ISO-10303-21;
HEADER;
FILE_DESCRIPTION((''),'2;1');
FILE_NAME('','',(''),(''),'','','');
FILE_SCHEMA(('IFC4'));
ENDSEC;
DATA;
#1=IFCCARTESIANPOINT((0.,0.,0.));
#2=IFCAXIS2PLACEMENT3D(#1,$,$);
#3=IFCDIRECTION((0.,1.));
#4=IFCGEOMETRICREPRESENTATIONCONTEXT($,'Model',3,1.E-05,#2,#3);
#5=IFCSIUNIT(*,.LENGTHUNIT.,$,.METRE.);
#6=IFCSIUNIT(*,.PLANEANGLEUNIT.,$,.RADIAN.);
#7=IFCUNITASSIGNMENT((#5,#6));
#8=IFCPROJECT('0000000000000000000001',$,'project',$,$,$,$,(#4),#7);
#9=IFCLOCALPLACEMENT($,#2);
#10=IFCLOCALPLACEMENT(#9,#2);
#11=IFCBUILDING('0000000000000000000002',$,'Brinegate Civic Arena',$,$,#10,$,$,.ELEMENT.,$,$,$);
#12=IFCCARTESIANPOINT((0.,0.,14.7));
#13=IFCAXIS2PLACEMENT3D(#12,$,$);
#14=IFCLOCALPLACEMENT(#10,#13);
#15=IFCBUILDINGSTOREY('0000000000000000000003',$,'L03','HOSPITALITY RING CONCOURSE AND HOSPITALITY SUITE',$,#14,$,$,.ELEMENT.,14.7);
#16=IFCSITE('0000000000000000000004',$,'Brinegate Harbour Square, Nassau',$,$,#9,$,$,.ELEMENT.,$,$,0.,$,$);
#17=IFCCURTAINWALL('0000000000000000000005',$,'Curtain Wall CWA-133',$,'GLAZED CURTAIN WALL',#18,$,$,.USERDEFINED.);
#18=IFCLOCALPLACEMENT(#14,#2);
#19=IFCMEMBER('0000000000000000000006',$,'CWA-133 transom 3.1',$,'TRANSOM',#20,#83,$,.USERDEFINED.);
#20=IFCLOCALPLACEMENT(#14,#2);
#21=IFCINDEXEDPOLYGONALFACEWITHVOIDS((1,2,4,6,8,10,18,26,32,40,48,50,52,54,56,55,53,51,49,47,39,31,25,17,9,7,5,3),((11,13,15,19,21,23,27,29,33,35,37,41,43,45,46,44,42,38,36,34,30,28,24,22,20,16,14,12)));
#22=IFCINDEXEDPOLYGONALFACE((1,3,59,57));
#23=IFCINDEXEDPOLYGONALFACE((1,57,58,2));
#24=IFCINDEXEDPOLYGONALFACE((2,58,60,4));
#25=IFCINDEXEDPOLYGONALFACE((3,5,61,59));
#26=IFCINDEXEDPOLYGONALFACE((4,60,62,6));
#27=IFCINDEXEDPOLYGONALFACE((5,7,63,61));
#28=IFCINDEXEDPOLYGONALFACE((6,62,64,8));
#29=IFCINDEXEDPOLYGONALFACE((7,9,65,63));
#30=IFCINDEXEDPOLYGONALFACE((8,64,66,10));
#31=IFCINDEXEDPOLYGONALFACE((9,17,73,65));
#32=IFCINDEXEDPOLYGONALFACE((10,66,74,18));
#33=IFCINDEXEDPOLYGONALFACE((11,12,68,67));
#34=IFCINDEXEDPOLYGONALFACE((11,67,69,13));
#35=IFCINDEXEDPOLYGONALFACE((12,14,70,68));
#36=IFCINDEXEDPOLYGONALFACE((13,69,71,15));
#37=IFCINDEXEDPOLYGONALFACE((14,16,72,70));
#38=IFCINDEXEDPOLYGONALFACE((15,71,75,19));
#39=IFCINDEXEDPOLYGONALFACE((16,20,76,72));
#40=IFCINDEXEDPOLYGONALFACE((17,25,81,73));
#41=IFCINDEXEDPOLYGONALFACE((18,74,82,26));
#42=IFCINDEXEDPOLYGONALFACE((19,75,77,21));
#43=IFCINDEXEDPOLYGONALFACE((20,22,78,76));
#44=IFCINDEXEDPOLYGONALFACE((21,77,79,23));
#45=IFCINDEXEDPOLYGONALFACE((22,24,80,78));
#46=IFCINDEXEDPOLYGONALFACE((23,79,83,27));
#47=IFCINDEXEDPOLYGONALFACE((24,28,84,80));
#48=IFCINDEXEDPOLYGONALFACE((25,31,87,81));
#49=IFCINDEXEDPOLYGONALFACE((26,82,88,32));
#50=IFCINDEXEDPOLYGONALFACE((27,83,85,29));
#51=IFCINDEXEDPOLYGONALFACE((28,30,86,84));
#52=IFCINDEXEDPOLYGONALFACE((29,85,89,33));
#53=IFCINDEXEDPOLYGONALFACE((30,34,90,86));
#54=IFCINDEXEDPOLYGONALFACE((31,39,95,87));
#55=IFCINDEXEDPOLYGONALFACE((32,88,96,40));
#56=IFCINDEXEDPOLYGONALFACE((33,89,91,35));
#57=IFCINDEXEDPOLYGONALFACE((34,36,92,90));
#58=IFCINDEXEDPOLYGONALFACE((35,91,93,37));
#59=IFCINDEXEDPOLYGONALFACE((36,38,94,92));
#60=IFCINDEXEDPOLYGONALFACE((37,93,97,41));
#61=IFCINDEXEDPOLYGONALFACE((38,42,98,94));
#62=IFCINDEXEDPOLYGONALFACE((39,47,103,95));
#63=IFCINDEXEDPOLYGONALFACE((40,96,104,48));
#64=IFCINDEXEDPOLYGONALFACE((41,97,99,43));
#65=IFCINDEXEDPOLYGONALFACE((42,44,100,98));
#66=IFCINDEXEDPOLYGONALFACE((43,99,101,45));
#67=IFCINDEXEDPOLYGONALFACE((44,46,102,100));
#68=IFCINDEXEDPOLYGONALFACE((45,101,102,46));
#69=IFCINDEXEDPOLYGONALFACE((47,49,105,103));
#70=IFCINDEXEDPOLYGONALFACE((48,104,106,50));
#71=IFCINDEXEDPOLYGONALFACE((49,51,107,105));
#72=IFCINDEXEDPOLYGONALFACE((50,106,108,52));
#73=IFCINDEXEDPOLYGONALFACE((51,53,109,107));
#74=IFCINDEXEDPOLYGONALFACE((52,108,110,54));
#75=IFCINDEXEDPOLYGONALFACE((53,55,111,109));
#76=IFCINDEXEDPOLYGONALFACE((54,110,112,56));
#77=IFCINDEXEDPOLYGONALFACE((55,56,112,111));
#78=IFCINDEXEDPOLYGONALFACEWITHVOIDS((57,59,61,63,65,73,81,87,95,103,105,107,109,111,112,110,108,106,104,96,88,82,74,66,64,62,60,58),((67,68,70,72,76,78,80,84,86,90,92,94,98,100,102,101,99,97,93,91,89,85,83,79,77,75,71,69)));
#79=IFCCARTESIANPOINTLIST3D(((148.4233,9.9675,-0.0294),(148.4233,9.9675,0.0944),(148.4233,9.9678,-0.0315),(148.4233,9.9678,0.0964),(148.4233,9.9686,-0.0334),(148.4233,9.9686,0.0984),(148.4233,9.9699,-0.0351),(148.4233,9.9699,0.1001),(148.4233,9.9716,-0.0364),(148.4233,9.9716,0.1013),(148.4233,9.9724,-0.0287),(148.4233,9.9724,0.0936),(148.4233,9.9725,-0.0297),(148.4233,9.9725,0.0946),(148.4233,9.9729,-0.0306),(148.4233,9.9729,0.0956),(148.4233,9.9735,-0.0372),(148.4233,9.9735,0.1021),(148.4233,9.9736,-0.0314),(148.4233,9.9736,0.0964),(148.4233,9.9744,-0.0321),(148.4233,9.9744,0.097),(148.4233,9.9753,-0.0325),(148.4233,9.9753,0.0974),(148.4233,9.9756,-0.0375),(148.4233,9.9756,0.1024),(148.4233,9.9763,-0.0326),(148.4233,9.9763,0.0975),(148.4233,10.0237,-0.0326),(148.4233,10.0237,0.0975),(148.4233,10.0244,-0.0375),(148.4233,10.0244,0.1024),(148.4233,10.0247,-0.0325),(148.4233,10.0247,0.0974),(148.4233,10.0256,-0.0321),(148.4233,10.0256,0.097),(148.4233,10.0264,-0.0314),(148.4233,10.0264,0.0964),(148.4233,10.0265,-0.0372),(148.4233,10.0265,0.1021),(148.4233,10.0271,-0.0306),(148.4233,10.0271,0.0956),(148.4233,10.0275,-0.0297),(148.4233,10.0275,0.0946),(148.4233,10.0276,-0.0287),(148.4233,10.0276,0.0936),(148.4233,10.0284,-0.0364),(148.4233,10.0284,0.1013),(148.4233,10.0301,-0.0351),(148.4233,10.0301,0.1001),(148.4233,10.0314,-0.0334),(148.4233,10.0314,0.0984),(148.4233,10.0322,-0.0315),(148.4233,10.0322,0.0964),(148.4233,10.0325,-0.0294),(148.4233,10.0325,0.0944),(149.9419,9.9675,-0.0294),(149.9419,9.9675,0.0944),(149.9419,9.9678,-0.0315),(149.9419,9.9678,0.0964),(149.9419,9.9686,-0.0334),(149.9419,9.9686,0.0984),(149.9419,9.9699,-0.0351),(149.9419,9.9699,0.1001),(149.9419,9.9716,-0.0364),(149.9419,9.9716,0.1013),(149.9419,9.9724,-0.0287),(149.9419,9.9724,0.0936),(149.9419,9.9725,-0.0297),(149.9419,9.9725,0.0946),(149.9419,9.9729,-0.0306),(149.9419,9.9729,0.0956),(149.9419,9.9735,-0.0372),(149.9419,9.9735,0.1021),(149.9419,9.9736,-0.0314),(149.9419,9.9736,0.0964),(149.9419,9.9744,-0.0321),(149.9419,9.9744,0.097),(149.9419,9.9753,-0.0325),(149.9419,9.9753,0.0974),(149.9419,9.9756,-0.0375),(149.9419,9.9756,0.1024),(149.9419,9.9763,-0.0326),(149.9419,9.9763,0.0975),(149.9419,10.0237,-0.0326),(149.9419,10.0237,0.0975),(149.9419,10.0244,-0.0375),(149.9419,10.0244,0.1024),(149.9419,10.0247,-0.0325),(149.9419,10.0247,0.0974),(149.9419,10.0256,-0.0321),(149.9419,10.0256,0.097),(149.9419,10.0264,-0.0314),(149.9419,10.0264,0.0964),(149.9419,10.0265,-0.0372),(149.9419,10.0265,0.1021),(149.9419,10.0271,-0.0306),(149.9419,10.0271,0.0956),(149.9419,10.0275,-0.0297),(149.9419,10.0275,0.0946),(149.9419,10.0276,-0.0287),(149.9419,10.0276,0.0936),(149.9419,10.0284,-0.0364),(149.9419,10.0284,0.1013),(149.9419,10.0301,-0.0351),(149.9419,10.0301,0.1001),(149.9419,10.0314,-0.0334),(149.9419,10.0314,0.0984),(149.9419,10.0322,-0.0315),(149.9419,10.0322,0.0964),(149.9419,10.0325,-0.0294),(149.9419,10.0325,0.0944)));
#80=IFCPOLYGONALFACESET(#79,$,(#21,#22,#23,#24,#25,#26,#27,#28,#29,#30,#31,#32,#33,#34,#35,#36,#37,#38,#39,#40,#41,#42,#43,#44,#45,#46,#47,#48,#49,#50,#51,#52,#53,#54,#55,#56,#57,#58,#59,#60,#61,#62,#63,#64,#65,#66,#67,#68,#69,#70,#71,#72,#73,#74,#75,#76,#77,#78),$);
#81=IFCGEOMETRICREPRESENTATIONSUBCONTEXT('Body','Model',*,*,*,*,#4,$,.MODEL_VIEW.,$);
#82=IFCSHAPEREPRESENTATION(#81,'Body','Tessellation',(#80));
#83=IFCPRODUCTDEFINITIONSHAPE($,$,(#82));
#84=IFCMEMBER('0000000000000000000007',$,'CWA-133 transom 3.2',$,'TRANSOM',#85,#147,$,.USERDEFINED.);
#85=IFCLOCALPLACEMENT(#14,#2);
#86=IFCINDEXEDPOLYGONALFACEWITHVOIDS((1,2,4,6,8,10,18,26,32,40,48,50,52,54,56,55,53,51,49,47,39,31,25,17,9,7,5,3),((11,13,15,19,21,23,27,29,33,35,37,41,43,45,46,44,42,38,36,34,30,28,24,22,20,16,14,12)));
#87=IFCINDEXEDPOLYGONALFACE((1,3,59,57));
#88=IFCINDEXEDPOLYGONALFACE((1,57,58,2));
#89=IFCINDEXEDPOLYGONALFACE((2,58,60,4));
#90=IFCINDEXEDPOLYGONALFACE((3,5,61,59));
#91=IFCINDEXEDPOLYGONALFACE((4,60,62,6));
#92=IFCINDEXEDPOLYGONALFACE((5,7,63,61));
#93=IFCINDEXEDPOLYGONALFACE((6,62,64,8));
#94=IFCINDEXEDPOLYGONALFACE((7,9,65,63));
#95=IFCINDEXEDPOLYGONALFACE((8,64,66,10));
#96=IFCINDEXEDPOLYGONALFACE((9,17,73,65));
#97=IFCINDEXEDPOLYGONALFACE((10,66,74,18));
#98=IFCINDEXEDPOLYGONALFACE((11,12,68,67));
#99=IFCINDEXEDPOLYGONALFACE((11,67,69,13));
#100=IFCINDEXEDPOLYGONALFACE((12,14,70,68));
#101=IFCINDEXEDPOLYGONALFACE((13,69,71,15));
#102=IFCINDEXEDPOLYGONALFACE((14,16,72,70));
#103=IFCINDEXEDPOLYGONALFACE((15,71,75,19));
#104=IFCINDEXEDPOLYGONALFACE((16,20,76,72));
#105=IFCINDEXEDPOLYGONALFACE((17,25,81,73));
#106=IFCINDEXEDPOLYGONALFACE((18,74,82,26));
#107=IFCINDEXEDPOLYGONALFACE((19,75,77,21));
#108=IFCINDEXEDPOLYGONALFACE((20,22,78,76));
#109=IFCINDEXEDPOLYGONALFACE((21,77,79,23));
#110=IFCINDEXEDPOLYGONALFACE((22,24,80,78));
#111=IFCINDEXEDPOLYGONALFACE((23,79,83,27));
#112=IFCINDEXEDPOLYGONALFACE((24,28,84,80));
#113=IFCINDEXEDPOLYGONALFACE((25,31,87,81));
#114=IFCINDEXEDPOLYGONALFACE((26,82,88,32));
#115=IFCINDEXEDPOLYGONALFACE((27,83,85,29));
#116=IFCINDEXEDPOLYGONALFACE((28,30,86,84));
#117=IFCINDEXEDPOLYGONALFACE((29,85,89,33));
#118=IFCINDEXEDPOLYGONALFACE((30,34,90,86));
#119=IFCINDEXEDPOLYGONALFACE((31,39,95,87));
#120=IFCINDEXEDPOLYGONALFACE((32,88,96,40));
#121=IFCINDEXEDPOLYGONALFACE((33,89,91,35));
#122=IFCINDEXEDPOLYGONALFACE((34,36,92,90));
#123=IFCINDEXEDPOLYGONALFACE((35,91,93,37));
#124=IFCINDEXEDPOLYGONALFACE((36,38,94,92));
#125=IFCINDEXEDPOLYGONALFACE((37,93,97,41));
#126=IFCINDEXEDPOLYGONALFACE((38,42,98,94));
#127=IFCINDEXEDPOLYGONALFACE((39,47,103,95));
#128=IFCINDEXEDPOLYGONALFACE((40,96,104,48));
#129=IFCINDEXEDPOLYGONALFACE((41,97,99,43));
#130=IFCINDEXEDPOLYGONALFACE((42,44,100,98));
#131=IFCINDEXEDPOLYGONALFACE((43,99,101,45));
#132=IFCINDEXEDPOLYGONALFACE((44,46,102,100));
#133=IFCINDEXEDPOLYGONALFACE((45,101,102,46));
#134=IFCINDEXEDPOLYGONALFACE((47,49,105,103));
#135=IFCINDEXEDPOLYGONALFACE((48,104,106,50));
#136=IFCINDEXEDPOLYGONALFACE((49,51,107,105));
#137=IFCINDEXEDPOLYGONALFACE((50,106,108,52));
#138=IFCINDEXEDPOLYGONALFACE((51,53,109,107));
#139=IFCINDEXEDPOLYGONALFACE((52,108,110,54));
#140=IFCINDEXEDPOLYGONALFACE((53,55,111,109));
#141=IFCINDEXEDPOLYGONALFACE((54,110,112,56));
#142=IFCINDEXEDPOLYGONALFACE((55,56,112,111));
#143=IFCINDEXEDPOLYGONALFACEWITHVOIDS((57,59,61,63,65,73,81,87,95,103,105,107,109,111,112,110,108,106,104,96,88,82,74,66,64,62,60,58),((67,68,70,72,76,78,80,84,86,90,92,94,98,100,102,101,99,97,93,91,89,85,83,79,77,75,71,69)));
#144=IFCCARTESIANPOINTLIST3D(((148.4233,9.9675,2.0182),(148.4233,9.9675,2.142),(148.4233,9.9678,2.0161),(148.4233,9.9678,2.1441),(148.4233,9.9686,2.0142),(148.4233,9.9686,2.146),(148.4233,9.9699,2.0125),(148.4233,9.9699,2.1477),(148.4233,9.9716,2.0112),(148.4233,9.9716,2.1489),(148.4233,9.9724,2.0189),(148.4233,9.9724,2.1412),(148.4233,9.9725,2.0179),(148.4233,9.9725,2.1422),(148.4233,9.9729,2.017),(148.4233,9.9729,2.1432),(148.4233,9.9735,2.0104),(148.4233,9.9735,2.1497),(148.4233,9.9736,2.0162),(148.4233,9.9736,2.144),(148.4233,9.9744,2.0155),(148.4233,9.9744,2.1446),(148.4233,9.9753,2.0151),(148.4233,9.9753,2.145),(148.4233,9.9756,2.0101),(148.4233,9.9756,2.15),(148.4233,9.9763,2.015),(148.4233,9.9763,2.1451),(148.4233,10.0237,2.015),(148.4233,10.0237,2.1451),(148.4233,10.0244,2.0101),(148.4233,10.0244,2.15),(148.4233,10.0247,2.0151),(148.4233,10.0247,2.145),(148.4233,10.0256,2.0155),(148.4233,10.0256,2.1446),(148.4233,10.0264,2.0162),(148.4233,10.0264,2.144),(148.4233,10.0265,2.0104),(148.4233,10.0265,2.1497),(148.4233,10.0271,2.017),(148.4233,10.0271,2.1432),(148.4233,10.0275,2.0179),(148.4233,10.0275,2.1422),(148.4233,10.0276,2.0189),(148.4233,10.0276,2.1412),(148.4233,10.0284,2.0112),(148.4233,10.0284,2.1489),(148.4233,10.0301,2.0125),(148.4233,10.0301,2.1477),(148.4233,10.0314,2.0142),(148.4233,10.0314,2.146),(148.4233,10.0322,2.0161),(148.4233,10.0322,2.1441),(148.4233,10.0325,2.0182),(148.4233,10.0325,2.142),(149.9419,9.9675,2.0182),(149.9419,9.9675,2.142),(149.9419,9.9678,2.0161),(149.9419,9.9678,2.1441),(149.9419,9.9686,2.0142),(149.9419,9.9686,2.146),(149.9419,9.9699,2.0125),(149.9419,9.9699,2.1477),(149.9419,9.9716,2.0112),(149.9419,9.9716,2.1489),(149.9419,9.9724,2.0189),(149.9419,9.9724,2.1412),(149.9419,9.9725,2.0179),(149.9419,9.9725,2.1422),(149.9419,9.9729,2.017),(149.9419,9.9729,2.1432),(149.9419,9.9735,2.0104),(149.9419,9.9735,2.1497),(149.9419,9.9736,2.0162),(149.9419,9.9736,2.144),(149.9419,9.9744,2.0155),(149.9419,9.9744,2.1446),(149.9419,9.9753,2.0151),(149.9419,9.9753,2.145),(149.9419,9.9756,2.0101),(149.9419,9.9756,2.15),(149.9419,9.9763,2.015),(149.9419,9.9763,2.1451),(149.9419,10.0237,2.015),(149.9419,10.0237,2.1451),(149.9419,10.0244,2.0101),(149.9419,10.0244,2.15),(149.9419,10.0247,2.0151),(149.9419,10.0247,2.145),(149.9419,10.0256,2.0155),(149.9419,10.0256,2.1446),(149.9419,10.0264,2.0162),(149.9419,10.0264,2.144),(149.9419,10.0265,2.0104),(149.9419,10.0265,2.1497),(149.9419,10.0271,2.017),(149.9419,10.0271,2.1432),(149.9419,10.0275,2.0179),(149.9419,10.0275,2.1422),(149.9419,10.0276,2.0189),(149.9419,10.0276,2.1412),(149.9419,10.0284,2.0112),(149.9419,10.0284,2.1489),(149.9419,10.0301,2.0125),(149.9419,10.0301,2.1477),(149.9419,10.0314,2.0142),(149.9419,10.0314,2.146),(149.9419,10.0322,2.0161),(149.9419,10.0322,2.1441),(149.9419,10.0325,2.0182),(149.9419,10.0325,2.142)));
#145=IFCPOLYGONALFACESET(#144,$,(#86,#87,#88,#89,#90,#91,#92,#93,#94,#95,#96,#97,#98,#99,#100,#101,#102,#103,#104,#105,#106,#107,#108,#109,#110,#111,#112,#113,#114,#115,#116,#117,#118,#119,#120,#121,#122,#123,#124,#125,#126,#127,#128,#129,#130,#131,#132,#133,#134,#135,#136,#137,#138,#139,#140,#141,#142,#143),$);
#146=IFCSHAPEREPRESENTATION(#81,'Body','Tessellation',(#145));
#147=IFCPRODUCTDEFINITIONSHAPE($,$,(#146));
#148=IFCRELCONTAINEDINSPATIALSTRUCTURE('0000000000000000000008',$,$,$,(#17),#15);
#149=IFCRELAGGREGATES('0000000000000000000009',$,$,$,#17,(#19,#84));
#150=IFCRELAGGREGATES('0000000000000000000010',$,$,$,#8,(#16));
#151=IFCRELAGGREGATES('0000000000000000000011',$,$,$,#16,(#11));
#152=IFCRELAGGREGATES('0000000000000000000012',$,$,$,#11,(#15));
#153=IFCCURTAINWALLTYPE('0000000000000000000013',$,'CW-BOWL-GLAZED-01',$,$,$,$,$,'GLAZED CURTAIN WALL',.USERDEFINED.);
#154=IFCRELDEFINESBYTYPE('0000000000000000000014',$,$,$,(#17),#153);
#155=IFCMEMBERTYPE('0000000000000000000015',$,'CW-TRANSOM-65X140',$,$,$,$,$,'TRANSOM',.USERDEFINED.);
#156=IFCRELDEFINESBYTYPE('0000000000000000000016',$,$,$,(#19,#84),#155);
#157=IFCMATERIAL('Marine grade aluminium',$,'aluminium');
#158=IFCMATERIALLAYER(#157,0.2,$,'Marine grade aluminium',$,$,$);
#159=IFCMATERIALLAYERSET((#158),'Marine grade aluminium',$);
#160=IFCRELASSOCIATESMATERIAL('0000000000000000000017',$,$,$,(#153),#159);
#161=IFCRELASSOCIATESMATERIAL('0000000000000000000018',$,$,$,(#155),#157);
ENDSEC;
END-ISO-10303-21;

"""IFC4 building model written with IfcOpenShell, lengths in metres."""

from ifc_helpers import new_model, si_unit, direction, frame, origin, origin_2d, place, context, subcontext, project, spatial, hollow_rectangle, extrude, material, layer, layer_set, material_profile, profile_set, type_object, element, aggregate, save


model = new_model("IFC4")

# Units and contexts
model_context = context("Model", 3, precision=1e-05, world=origin(), true_north=direction((0.0, 1.0)))
body_context = subcontext(model_context, "Body", "Model", "MODEL_VIEW")
ifc_project = project(units=[si_unit("LENGTHUNIT", "METRE"), si_unit("PLANEANGLEUNIT", "RADIAN")], contexts=[model_context])

# Site, building, storey
site_placement = place(None, origin())
site = spatial("IfcSite", under=ifc_project, at=site_placement, Name="Brinegate Harbour Square, Nassau", CompositionType="ELEMENT", RefElevation=0.0)
building_placement = place(site_placement, origin())
building = spatial("IfcBuilding", under=site, at=building_placement, Name="Brinegate Civic Arena", CompositionType="ELEMENT")
storey_placement = place(building_placement, frame((0.0, 0.0, 14.7)))
storey = spatial("IfcBuildingStorey", under=building, at=storey_placement, Name="L03", Description="HOSPITALITY RING CONCOURSE AND HOSPITALITY SUITE", CompositionType="ELEMENT", Elevation=14.7)

# Curtain wall, members
ifc_material_1 = material(Name="Marine grade aluminium", Category="aluminium")
ifc_layer_1 = layer(ifc_material_1, 0.2, Name="Marine grade aluminium")
ifc_layer_set_1 = layer_set([ifc_layer_1], Name="Marine grade aluminium")
curtain_wall_type_1 = type_object("IfcCurtainWallType", Name="CW-BOWL-GLAZED-01", ElementType="GLAZED CURTAIN WALL", PredefinedType="USERDEFINED", material=ifc_layer_set_1)
curtain_wall_1_placement = place(storey_placement, origin())
curtain_wall_1 = element("IfcCurtainWall", 1, at=curtain_wall_1_placement, inside=storey, type_object=curtain_wall_type_1, Name="Curtain Wall CWA-133", ObjectType="GLAZED CURTAIN WALL", PredefinedType="USERDEFINED")
ifc_material_profile_1 = material_profile(ifc_material_1, hollow_rectangle(XDim=0.0649, YDim=0.1399, WallThickness=0.0049, InnerFilletRadius=0.0039, OuterFilletRadius=0.0081, at=origin_2d()), Name="TRN65X140")
ifc_profile_set_1 = profile_set([ifc_material_profile_1], Name="Marine grade aluminium")
member_type_1 = type_object("IfcMemberType", Name="CW-TRANSOM-65X140", ElementType="TRANSOM", PredefinedType="USERDEFINED", material=ifc_profile_set_1)
member_1_placement = place(storey_placement, frame((148.4233, 10.0, 0.0325), z_axis=(1.0, 0.0, 0.0), x_axis=(0.0, 1.0, 0.0)))
member_1 = element("IfcMember", 2, at=member_1_placement, type_object=member_type_1, Name="CWA-133 transom 3.1", ObjectType="TRANSOM", PredefinedType="USERDEFINED", context=body_context, shape_type="SweptSolid", body=[
    extrude(hollow_rectangle(XDim=0.0649, YDim=0.1399, WallThickness=0.0049, InnerFilletRadius=0.0039, OuterFilletRadius=0.0081, at=origin_2d()), origin(), (0.0, 0.0, 1.0), 1.5186),
])
member_2_placement = place(storey_placement, frame((148.4233, 10.0, 2.0801), z_axis=(1.0, 0.0, 0.0), x_axis=(0.0, 1.0, 0.0)))
member_2 = element("IfcMember", 3, at=member_2_placement, type_object=member_type_1, Name="CWA-133 transom 3.2", ObjectType="TRANSOM", PredefinedType="USERDEFINED", context=body_context, shape_type="SweptSolid", body=[
    extrude(hollow_rectangle(XDim=0.0649, YDim=0.1399, WallThickness=0.0049, InnerFilletRadius=0.0039, OuterFilletRadius=0.0081, at=origin_2d()), origin(), (0.0, 0.0, 1.0), 1.5186),
])

aggregate(curtain_wall_1, [member_1, member_2])

save(model, "model.ifc")
